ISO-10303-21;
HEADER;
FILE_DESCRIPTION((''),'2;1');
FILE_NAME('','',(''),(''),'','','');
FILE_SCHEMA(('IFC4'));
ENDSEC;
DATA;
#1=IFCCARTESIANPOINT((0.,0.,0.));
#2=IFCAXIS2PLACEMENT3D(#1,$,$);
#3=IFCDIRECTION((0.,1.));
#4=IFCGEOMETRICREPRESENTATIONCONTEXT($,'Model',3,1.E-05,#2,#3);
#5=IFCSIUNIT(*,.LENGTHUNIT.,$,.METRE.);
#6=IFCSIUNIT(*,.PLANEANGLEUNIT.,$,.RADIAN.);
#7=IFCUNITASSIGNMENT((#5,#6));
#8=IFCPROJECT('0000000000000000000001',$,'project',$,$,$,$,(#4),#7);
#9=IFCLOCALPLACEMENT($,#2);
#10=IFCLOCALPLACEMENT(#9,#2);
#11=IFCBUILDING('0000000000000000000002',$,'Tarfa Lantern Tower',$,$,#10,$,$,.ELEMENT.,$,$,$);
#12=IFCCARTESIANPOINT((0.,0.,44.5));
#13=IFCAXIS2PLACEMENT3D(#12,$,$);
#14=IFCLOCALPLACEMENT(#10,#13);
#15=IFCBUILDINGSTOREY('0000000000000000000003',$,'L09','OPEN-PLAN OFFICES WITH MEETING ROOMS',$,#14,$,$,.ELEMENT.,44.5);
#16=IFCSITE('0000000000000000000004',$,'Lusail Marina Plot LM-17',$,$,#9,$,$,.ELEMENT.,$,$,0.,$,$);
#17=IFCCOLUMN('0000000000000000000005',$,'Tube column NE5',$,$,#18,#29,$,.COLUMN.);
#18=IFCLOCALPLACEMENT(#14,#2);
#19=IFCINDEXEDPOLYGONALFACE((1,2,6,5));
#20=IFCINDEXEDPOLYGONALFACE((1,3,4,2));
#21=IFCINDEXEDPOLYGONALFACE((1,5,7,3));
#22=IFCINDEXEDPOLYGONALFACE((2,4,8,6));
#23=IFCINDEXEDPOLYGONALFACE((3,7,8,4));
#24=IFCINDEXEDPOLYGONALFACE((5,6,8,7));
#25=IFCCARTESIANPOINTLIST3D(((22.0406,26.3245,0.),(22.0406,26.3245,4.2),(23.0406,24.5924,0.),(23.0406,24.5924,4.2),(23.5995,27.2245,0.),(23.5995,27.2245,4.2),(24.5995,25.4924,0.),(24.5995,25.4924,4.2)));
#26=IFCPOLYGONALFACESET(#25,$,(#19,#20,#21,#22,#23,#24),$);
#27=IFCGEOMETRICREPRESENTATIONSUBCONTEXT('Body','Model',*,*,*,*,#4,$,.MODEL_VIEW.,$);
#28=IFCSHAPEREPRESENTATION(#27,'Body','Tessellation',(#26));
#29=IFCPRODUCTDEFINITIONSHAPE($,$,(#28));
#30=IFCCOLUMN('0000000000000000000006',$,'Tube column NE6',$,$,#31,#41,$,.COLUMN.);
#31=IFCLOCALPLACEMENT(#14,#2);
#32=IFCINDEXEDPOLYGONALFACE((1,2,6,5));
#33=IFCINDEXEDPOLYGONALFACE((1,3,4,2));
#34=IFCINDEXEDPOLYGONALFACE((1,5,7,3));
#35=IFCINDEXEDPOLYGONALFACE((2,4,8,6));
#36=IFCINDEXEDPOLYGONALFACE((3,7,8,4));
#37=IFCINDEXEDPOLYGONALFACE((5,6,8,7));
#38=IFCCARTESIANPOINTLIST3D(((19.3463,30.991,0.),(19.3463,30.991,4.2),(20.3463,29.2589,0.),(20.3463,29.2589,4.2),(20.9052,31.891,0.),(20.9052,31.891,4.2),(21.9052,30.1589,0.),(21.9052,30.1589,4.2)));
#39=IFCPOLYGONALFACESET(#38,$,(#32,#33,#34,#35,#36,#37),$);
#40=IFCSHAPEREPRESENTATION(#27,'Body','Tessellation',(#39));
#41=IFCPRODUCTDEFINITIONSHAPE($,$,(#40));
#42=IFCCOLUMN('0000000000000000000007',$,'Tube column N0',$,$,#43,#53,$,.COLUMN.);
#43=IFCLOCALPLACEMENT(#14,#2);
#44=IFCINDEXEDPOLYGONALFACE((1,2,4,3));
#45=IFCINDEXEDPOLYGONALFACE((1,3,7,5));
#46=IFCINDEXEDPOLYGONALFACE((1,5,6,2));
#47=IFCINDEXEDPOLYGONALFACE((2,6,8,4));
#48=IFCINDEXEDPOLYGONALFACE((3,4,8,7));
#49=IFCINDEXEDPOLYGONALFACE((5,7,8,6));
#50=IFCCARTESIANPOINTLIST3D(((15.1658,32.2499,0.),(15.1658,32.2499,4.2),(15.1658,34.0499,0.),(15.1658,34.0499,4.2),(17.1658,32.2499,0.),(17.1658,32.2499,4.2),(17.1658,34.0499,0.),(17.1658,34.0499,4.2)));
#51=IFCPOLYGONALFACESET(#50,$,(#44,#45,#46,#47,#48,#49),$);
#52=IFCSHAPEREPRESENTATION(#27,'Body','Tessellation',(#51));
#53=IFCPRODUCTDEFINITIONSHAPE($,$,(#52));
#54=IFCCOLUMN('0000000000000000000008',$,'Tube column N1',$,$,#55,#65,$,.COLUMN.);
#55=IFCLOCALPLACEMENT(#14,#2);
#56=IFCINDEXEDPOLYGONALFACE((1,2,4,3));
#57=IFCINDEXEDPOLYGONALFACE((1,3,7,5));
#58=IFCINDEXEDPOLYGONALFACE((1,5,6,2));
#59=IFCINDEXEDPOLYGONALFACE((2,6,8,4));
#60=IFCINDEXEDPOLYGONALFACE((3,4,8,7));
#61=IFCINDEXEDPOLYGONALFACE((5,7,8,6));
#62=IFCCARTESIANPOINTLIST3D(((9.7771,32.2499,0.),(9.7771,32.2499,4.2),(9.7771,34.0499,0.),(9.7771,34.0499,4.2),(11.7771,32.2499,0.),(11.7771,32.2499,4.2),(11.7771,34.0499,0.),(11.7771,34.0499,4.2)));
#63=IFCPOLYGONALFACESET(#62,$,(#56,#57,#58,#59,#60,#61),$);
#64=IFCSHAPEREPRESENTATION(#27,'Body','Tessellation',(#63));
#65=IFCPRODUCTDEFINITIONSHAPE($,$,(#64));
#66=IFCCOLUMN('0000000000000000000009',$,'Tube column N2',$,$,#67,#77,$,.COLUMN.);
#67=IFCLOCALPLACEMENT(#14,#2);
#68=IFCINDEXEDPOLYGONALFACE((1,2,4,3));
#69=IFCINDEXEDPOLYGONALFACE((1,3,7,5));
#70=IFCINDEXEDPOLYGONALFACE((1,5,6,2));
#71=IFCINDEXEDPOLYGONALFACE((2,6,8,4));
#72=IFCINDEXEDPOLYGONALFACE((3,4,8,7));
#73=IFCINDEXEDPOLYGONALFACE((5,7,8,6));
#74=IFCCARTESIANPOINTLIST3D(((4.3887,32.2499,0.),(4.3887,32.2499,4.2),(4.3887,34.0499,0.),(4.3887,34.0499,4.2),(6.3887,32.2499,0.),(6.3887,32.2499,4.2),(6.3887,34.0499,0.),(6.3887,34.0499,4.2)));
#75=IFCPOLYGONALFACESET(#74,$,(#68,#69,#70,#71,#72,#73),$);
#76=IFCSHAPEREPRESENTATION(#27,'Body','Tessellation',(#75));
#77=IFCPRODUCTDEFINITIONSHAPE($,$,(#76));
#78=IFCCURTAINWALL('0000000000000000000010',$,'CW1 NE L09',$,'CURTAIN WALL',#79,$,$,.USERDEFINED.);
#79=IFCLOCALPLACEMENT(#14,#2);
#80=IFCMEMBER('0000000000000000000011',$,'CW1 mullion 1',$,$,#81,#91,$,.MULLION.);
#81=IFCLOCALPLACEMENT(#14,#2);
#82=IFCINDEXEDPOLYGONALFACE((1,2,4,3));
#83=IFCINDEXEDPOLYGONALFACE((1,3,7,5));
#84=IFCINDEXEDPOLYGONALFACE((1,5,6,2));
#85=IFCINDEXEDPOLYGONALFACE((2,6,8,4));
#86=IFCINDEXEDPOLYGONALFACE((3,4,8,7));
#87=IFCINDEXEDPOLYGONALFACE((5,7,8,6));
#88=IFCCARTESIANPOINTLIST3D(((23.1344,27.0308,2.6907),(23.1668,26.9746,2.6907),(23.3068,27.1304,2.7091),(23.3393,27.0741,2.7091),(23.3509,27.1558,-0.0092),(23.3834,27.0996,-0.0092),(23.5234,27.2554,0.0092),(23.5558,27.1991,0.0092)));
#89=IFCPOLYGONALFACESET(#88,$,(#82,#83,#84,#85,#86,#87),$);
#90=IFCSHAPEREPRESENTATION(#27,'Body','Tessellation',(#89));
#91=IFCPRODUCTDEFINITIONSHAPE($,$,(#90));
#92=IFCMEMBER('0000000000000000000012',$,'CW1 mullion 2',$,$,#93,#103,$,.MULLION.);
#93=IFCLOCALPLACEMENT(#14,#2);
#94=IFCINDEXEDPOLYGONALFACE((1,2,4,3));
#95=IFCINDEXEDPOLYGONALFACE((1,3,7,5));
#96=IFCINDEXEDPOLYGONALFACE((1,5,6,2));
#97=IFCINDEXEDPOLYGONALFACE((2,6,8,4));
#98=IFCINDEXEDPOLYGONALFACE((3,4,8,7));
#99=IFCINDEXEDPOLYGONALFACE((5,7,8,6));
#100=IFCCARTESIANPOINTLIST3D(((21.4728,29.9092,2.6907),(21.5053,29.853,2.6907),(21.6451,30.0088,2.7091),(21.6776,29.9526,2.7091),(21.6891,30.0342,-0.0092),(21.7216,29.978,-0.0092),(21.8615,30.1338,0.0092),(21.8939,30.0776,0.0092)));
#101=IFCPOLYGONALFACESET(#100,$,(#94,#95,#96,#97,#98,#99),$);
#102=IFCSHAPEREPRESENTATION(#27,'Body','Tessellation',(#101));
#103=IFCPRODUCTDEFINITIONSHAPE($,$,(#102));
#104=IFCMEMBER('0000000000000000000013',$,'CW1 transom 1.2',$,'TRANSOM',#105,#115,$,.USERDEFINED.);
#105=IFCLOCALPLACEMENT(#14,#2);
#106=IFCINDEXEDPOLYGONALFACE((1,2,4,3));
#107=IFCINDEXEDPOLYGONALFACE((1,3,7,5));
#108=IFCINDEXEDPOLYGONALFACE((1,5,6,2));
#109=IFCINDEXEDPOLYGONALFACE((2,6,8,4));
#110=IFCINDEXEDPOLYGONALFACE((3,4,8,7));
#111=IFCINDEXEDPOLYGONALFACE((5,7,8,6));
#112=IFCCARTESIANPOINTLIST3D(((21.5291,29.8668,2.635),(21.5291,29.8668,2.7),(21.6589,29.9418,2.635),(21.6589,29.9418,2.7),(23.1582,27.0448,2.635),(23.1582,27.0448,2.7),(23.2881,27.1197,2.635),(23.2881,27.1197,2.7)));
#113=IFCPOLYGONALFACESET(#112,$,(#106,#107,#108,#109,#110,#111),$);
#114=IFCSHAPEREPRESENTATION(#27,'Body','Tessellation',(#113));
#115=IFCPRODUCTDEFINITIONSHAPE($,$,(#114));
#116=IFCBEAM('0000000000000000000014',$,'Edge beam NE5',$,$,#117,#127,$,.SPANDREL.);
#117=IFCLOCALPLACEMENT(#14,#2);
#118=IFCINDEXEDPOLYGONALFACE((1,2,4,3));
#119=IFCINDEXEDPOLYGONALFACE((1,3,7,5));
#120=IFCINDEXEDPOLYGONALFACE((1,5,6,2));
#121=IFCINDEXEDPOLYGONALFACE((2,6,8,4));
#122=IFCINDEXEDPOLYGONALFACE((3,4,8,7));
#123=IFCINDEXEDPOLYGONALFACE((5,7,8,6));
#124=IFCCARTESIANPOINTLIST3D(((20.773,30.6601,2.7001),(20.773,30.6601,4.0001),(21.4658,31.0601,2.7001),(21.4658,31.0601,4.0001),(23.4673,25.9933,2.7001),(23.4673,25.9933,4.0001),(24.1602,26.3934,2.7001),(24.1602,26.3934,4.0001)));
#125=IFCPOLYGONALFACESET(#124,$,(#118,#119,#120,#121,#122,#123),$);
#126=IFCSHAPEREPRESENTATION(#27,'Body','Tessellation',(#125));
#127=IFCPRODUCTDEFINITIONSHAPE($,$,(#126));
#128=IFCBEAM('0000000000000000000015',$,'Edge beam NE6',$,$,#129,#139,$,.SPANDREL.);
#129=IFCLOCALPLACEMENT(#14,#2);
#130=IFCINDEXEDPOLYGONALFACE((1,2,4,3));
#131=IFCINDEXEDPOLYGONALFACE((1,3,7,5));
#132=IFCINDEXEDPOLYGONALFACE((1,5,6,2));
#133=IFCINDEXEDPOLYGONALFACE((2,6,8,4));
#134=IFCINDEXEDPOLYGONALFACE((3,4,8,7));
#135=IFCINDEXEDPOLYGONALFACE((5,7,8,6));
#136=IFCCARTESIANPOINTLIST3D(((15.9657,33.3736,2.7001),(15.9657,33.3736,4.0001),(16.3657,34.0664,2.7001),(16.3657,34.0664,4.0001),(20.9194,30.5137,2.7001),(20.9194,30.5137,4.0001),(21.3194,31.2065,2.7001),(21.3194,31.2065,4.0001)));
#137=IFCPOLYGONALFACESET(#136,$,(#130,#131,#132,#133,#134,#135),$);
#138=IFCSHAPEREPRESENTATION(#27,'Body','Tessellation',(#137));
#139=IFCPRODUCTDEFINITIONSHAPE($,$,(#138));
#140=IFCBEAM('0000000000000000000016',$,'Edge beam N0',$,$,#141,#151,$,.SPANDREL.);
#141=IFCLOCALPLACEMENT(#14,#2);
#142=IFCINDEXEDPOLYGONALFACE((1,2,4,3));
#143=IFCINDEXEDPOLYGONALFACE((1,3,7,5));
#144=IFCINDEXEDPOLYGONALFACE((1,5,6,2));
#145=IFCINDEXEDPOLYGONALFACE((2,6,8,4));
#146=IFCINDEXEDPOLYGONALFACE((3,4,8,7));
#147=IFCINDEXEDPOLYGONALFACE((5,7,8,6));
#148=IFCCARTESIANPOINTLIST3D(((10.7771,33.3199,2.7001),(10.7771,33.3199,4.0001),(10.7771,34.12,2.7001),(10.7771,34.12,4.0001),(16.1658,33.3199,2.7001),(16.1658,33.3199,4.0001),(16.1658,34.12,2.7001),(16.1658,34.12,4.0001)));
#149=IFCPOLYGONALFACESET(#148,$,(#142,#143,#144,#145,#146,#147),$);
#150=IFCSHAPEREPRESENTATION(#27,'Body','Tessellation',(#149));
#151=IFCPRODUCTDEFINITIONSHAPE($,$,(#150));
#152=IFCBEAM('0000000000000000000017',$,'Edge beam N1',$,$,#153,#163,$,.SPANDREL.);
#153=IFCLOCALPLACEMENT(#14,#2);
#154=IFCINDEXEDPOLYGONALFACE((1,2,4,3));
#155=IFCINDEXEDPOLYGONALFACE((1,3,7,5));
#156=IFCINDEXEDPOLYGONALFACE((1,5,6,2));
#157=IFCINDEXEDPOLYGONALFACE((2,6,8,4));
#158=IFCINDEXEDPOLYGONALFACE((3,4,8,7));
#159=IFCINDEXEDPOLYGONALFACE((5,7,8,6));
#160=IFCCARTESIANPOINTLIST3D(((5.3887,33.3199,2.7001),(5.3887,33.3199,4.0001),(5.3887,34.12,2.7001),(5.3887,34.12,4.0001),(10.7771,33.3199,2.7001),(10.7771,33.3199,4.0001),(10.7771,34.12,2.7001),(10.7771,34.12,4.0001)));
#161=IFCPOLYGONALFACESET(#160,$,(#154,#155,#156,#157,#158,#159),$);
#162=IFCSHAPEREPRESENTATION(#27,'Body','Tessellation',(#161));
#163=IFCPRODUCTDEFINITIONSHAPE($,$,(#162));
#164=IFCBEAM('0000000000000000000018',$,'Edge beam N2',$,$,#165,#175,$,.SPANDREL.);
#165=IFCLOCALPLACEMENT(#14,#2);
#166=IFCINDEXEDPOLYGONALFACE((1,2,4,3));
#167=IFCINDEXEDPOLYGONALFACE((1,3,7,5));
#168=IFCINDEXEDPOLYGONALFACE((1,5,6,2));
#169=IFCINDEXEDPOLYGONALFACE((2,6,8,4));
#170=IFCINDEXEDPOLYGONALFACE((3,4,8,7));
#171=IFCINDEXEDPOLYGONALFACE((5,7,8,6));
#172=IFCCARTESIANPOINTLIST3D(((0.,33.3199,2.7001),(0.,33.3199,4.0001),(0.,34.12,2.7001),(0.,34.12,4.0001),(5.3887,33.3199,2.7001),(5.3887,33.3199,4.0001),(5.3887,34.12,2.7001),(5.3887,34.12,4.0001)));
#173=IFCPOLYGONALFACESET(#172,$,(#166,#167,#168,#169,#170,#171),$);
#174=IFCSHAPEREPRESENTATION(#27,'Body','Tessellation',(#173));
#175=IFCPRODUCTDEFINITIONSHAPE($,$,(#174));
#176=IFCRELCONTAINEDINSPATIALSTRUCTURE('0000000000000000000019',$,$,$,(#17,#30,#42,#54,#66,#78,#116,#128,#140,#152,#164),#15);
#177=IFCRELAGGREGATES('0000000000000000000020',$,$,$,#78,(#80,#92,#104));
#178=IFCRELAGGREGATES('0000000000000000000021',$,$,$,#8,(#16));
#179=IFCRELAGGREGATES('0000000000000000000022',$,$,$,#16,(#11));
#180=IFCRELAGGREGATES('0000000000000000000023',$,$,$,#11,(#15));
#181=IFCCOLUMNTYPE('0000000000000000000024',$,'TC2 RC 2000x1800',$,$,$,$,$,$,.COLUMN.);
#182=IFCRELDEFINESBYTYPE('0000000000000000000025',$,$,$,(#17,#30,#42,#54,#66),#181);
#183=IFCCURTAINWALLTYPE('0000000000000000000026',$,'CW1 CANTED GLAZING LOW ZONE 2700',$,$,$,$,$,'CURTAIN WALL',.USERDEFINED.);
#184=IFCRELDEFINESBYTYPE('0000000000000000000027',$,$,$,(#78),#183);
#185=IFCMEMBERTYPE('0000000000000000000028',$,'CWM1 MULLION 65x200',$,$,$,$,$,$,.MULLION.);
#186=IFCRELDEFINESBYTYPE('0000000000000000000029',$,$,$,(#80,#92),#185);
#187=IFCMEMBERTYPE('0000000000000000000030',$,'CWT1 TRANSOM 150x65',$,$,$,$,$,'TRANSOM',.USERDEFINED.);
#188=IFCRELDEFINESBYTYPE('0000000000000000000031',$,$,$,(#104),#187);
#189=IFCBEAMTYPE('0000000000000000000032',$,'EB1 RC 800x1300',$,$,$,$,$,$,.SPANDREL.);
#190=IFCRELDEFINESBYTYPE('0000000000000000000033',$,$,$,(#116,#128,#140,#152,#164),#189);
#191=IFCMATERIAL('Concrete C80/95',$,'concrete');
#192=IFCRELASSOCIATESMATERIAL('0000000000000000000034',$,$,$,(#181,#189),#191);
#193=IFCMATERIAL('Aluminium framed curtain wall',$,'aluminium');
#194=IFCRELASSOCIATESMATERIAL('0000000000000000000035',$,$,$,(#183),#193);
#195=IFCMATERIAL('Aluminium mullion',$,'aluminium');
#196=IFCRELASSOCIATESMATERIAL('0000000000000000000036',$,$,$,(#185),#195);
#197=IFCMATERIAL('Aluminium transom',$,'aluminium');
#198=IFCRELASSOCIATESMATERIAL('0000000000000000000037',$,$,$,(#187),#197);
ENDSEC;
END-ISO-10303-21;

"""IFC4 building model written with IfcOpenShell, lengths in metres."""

from ifc_helpers import new_model, si_unit, direction, frame, origin, origin_2d, place, context, subcontext, project, spatial, rectangle, extrude, material, material_profile, profile_set, type_object, element, aggregate, save


model = new_model("IFC4")

# Units and contexts
model_context = context("Model", 3, precision=1e-05, world=origin(), true_north=direction((0.0, 1.0)))
body_context = subcontext(model_context, "Body", "Model", "MODEL_VIEW")
ifc_project = project(units=[si_unit("LENGTHUNIT", "METRE"), si_unit("PLANEANGLEUNIT", "RADIAN")], contexts=[model_context])

# Site, building, storey
site_placement = place(None, origin())
site = spatial("IfcSite", under=ifc_project, at=site_placement, Name="Lusail Marina Plot LM-17", CompositionType="ELEMENT", RefElevation=0.0)
building_placement = place(site_placement, origin())
building = spatial("IfcBuilding", under=site, at=building_placement, Name="Tarfa Lantern Tower", CompositionType="ELEMENT")
storey_placement = place(building_placement, frame((0.0, 0.0, 44.5)))
storey = spatial("IfcBuildingStorey", under=building, at=storey_placement, Name="L09", Description="OPEN-PLAN OFFICES WITH MEETING ROOMS", CompositionType="ELEMENT", Elevation=44.5)

# Columns
ifc_material_1 = material(Name="Concrete C80/95", Category="concrete")
ifc_material_profile_1 = material_profile(ifc_material_1, rectangle(XDim=2.0, YDim=1.8, at=origin_2d()), Name="RC 2000x1800")
ifc_profile_set_1 = profile_set([ifc_material_profile_1], Name="Concrete C80/95")
column_type = type_object("IfcColumnType", Name="TC2 RC 2000x1800", PredefinedType="COLUMN", material=ifc_profile_set_1)
for number, where, z_axis, x_axis, name in (
    (1, (23.3201, 25.9084, 0.0), (0.0, 0.0, 1.0), (-0.5, 0.866025, 0.0), "Tube column NE5"),
    (2, (20.6257, 30.575, 0.0), (0.0, 0.0, 1.0), (-0.5, 0.866025, 0.0), "Tube column NE6"),
    (3, (16.1658, 33.1499, 0.0), (0.0, 0.0, 1.0), (-1.0, 0.0, 0.0), "Tube column N0"),
    (4, (10.7771, 33.1499, 0.0), (0.0, 0.0, 1.0), (-1.0, 0.0, 0.0), "Tube column N1"),
    (5, (5.3887, 33.1499, 0.0), (0.0, 0.0, 1.0), (-1.0, 0.0, 0.0), "Tube column N2"),
):
    element("IfcColumn", number, at=place(storey_placement, frame(where, z_axis=z_axis, x_axis=x_axis)), inside=storey, type_object=column_type, Name=name, PredefinedType="COLUMN", context=body_context, shape_type="SweptSolid", body=[
        extrude(rectangle(XDim=2.0, YDim=1.8, at=origin_2d()), origin(), (0.0, 0.0, 1.0), 4.2),
    ])

# Curtain wall, members
ifc_material_2 = material(Name="Aluminium framed curtain wall", Category="aluminium")
curtain_wall_type = type_object("IfcCurtainWallType", Name="CW1 CANTED GLAZING LOW ZONE 2700", ElementType="CURTAIN WALL", PredefinedType="USERDEFINED", material=ifc_material_2)
curtain_wall_placement = place(storey_placement, origin())
curtain_wall = element("IfcCurtainWall", 6, at=curtain_wall_placement, inside=storey, type_object=curtain_wall_type, Name="CW1 NE L09", ObjectType="CURTAIN WALL", PredefinedType="USERDEFINED")
ifc_material_3 = material(Name="Aluminium mullion", Category="aluminium")
ifc_material_profile_2 = material_profile(ifc_material_3, rectangle(XDim=0.0649, YDim=0.2, at=origin_2d()), Name="AL MULLION 65x200")
ifc_profile_set_2 = profile_set([ifc_material_profile_2], Name="Aluminium mullion")
member_type_1 = type_object("IfcMemberType", Name="CWM1 MULLION 65x200", PredefinedType="MULLION", material=ifc_profile_set_2)
member_1_placement = place(storey_placement, frame((23.4534, 27.1775, 0.0), z_axis=(-0.079864, -0.0461, 0.995739), x_axis=(0.49992, -0.866072, 0.0)))
member_1 = element("IfcMember", 7, at=member_1_placement, type_object=member_type_1, Name="CW1 mullion 1", PredefinedType="MULLION", context=body_context, shape_type="SweptSolid", body=[
    extrude(rectangle(XDim=0.0649, YDim=0.2, at=origin_2d()), origin(), (0.0, 0.0, 1.0), 2.7114),
])
member_2_placement = place(storey_placement, frame((21.7915, 30.0559, 0.0), z_axis=(-0.079775, -0.0461, 0.995746), x_axis=(0.500343, -0.865827, 0.0)))
member_2 = element("IfcMember", 8, at=member_2_placement, type_object=member_type_1, Name="CW1 mullion 2", PredefinedType="MULLION", context=body_context, shape_type="SweptSolid", body=[
    extrude(rectangle(XDim=0.0649, YDim=0.2, at=origin_2d()), origin(), (0.0, 0.0, 1.0), 2.7114),
])
ifc_material_4 = material(Name="Aluminium transom", Category="aluminium")
ifc_material_profile_3 = material_profile(ifc_material_4, rectangle(XDim=0.1499, YDim=0.0649, at=origin_2d()), Name="AL TRANSOM 150x65")
ifc_profile_set_3 = profile_set([ifc_material_profile_3], Name="Aluminium transom")
member_type_2 = type_object("IfcMemberType", Name="CWT1 TRANSOM 150x65", ElementType="TRANSOM", PredefinedType="USERDEFINED", material=ifc_profile_set_3)
member_3_placement = place(storey_placement, frame((23.2231, 27.0823, 2.6675), z_axis=(-0.499967, 0.866045, 0.0), x_axis=(-0.866045, -0.499967, 0.0)))
member_3 = element("IfcMember", 9, at=member_3_placement, type_object=member_type_2, Name="CW1 transom 1.2", ObjectType="TRANSOM", PredefinedType="USERDEFINED", context=body_context, shape_type="SweptSolid", body=[
    extrude(rectangle(XDim=0.1499, YDim=0.0649, at=origin_2d()), origin(), (0.0, 0.0, 1.0), 3.2585),
])

# Beams
ifc_material_profile_4 = material_profile(ifc_material_1, rectangle(XDim=0.8, YDim=1.3, at=origin_2d()), Name="RC 800x1300")
ifc_profile_set_4 = profile_set([ifc_material_profile_4], Name="Concrete C80/95")
beam_type_1 = type_object("IfcBeamType", Name="EB1 RC 800x1300", PredefinedType="SPANDREL", material=ifc_profile_set_4)
beam_1_placement = place(storey_placement, frame((23.8137, 26.1934, 3.3501), z_axis=(-0.499998, 0.866026, 0.0), x_axis=(-0.866026, -0.499998, 0.0)))
element("IfcBeam", 10, at=beam_1_placement, inside=storey, type_object=beam_type_1, Name="Edge beam NE5", PredefinedType="SPANDREL", context=body_context, shape_type="SweptSolid", body=[
    extrude(rectangle(XDim=0.8, YDim=1.3, at=origin_2d()), origin(), (0.0, 0.0, 1.0), 5.3887),
])
beam_2_placement = place(storey_placement, frame((21.1194, 30.8601, 3.3501), z_axis=(-0.866033, 0.499986, 0.0), x_axis=(-0.499986, -0.866033, 0.0)))
element("IfcBeam", 11, at=beam_2_placement, inside=storey, type_object=beam_type_1, Name="Edge beam NE6", PredefinedType="SPANDREL", context=body_context, shape_type="SweptSolid", body=[
    extrude(rectangle(XDim=0.8, YDim=1.3, at=origin_2d()), origin(), (0.0, 0.0, 1.0), 5.72),
])
beam_3_placement = place(storey_placement, frame((16.1658, 33.72, 3.3501), z_axis=(-1.0, 0.0, 0.0), x_axis=(0.0, -1.0, 0.0)))
element("IfcBeam", 12, at=beam_3_placement, inside=storey, type_object=beam_type_1, Name="Edge beam N0", PredefinedType="SPANDREL", context=body_context, shape_type="SweptSolid", body=[
    extrude(rectangle(XDim=0.8, YDim=1.3, at=origin_2d()), origin(), (0.0, 0.0, 1.0), 5.3887),
])
beam_4_placement = place(storey_placement, frame((10.7771, 33.72, 3.3501), z_axis=(-1.0, 0.0, 0.0), x_axis=(0.0, -1.0, 0.0)))
element("IfcBeam", 13, at=beam_4_placement, inside=storey, type_object=beam_type_1, Name="Edge beam N1", PredefinedType="SPANDREL", context=body_context, shape_type="SweptSolid", body=[
    extrude(rectangle(XDim=0.8, YDim=1.3, at=origin_2d()), origin(), (0.0, 0.0, 1.0), 5.3884),
])
beam_5_placement = place(storey_placement, frame((5.3887, 33.72, 3.3501), z_axis=(-1.0, 0.0, 0.0), x_axis=(0.0, -1.0, 0.0)))
element("IfcBeam", 14, at=beam_5_placement, inside=storey, type_object=beam_type_1, Name="Edge beam N2", PredefinedType="SPANDREL", context=body_context, shape_type="SweptSolid", body=[
    extrude(rectangle(XDim=0.8, YDim=1.3, at=origin_2d()), origin(), (0.0, 0.0, 1.0), 5.3887),
])

aggregate(curtain_wall, [member_1, member_2, member_3])

save(model, "model.ifc")
